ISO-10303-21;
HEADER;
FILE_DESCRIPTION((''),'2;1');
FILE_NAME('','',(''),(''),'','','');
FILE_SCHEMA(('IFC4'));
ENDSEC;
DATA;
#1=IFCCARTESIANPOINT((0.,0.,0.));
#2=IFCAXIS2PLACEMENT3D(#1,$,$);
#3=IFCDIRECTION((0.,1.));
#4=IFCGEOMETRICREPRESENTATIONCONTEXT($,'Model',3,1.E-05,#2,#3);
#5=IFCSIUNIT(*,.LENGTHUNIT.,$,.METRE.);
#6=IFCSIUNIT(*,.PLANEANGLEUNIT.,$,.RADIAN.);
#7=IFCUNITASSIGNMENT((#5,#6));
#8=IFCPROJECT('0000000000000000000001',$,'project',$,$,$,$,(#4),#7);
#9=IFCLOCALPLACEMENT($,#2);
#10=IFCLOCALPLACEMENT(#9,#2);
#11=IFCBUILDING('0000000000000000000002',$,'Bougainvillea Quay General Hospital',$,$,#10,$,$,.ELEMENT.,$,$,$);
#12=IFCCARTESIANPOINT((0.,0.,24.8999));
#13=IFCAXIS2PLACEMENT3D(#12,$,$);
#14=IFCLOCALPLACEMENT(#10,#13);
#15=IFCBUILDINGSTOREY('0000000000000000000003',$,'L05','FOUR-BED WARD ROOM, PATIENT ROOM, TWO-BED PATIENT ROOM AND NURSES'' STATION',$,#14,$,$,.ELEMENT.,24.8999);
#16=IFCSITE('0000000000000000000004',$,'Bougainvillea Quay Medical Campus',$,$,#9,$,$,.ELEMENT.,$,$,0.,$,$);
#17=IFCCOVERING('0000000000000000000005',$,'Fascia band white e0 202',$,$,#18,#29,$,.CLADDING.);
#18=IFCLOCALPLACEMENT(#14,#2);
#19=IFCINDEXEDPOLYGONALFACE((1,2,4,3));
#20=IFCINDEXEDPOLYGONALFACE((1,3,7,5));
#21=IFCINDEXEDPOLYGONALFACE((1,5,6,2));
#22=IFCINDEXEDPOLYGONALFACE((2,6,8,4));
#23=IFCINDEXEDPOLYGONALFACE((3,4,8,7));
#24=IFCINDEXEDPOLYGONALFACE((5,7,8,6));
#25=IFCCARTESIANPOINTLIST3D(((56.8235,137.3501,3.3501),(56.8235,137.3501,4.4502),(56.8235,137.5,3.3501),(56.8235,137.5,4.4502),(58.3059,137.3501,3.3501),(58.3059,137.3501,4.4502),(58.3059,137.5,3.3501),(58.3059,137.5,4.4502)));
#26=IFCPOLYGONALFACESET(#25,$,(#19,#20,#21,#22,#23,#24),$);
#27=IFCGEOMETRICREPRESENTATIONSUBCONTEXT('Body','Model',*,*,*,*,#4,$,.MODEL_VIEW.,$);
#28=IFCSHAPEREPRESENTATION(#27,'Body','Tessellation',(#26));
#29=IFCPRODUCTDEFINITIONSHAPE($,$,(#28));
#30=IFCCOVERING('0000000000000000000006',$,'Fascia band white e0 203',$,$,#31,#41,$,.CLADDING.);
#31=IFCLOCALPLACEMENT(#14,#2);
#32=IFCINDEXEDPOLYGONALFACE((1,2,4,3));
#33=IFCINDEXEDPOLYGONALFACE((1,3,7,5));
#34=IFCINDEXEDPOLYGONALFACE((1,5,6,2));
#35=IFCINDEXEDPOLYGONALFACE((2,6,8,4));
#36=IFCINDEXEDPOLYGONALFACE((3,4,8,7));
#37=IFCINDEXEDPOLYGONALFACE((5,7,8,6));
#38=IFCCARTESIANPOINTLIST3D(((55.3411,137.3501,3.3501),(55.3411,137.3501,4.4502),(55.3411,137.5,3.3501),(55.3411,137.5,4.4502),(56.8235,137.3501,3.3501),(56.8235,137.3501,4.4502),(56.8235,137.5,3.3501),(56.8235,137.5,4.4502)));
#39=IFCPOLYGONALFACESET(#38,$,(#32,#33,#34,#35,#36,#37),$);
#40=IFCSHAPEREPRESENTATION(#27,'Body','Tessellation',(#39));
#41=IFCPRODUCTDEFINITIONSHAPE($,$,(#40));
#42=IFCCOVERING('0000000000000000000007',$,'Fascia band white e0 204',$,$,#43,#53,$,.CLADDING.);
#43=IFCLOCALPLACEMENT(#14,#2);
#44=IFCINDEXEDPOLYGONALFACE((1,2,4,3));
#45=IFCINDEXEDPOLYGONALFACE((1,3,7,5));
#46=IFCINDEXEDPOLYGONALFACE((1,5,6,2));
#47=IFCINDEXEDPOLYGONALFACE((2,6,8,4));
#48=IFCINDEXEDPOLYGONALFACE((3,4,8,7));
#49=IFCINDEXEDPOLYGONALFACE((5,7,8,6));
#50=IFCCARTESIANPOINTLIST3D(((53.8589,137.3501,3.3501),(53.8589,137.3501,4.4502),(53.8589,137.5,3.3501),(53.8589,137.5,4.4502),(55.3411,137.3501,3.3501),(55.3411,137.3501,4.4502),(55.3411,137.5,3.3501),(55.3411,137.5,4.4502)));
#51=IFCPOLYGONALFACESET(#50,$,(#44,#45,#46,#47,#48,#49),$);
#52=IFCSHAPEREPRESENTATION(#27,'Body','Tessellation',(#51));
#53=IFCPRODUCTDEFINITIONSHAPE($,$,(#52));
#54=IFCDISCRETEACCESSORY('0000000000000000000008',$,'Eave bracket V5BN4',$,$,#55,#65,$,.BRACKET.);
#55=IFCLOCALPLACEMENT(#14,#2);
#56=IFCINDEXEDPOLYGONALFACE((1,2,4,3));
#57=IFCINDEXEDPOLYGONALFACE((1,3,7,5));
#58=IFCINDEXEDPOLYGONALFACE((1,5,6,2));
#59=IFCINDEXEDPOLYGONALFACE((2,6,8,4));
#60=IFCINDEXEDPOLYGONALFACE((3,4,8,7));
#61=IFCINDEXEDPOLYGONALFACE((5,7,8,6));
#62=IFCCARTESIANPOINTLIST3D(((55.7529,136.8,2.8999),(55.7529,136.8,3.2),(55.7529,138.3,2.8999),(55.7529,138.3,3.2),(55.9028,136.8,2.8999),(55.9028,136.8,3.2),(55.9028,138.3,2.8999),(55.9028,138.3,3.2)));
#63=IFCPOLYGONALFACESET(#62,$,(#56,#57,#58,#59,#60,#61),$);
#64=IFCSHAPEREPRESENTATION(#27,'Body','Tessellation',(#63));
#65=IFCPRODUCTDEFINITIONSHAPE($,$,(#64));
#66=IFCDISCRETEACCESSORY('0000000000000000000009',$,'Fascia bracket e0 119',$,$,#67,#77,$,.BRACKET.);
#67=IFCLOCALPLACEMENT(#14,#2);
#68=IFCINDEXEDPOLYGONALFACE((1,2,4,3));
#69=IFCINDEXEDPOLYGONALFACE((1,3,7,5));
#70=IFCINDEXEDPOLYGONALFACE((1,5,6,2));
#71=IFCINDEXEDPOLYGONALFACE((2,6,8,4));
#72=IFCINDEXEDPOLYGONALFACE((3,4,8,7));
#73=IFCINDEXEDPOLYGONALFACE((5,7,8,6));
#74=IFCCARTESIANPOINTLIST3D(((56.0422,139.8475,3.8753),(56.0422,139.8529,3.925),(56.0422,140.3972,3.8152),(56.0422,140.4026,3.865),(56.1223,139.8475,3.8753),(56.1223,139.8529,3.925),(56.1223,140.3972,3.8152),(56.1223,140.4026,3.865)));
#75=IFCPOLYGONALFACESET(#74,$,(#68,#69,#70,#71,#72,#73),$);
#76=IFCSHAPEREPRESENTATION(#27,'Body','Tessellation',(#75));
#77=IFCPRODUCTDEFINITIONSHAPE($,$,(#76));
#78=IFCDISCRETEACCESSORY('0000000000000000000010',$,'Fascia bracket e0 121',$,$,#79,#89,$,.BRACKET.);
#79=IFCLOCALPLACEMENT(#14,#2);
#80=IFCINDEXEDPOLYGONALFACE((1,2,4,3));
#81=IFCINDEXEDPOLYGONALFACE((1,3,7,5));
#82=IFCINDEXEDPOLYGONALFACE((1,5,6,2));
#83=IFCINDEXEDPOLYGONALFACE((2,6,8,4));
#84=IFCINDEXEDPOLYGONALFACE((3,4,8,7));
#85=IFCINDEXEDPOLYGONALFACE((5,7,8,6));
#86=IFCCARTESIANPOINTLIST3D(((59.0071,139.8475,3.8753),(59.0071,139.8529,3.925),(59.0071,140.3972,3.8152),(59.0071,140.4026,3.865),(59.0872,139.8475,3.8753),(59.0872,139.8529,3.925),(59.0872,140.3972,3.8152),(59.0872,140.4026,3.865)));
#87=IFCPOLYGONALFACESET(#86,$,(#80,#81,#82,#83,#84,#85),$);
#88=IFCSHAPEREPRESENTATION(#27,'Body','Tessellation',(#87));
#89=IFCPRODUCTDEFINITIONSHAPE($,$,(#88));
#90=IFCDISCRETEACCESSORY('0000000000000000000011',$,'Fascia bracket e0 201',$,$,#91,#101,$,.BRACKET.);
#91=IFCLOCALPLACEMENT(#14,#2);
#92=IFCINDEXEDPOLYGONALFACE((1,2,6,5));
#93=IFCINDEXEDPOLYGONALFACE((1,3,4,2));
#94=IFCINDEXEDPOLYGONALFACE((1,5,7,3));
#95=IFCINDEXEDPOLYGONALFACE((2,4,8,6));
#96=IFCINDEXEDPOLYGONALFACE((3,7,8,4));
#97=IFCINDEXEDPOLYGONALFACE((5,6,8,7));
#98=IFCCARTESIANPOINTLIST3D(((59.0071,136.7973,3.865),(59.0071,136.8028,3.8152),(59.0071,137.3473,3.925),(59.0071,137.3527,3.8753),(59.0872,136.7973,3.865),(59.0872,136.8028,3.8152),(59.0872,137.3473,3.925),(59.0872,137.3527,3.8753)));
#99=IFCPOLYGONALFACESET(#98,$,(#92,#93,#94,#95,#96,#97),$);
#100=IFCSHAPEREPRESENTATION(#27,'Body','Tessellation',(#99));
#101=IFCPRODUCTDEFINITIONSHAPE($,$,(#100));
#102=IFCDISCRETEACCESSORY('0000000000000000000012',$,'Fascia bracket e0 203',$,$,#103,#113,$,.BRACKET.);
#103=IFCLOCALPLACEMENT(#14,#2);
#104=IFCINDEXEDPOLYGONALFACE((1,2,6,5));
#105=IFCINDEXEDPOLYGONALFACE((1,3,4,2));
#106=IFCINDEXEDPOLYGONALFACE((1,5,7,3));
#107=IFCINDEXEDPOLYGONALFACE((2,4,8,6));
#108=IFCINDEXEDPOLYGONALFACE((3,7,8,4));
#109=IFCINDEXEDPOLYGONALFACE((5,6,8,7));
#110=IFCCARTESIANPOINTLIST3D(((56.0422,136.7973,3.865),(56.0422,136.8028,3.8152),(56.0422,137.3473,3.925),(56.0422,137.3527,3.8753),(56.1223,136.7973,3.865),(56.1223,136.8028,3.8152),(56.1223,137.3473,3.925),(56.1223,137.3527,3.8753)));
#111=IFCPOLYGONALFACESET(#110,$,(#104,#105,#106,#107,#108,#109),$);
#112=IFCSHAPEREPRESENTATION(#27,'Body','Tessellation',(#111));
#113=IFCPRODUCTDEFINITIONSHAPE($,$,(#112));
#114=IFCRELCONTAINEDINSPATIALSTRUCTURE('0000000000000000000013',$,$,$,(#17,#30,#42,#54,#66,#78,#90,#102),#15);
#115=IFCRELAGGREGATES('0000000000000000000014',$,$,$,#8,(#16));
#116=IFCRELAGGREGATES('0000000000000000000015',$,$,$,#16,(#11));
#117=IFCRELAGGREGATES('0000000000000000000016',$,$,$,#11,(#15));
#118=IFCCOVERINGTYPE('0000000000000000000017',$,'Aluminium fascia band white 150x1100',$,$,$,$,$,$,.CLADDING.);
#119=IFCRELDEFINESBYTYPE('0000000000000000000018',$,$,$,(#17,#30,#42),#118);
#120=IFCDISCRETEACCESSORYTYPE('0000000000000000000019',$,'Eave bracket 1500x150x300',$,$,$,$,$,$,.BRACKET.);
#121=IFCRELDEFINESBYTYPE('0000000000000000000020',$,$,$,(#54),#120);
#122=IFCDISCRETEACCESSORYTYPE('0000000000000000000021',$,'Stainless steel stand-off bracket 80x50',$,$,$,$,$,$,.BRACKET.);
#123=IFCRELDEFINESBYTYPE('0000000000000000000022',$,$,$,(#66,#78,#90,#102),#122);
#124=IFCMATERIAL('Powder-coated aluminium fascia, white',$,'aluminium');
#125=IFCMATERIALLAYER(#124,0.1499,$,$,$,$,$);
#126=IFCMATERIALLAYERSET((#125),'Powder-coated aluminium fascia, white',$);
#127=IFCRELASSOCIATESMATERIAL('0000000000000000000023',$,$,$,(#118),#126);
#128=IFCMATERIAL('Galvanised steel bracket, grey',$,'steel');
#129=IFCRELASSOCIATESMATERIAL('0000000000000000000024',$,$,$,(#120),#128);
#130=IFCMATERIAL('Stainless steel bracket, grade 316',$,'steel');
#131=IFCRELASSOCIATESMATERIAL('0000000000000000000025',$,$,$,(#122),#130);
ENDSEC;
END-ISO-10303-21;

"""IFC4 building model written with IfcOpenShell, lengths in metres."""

from ifc_helpers import new_model, si_unit, direction, frame, origin, origin_2d, place, context, subcontext, project, spatial, polyline, rectangle, outline, extrude, material, layer, layer_set, material_profile, profile_set, type_object, element, save


model = new_model("IFC4")

# Units and contexts
model_context = context("Model", 3, precision=1e-05, world=origin(), true_north=direction((0.0, 1.0)))
body_context = subcontext(model_context, "Body", "Model", "MODEL_VIEW")
ifc_project = project(units=[si_unit("LENGTHUNIT", "METRE"), si_unit("PLANEANGLEUNIT", "RADIAN")], contexts=[model_context])

# Site, building, storey
site_placement = place(None, origin())
site = spatial("IfcSite", under=ifc_project, at=site_placement, Name="Bougainvillea Quay Medical Campus", CompositionType="ELEMENT", RefElevation=0.0)
building_placement = place(site_placement, origin())
building = spatial("IfcBuilding", under=site, at=building_placement, Name="Bougainvillea Quay General Hospital", CompositionType="ELEMENT")
storey_placement = place(building_placement, frame((0.0, 0.0, 24.8999)))
storey = spatial("IfcBuildingStorey", under=building, at=storey_placement, Name="L05", Description="FOUR-BED WARD ROOM, PATIENT ROOM, TWO-BED PATIENT ROOM AND NURSES' STATION", CompositionType="ELEMENT", Elevation=24.8999)

# Coverings
ifc_material_1 = material(Name="Powder-coated aluminium fascia, white", Category="aluminium")
ifc_layer_1 = layer(ifc_material_1, 0.1499)
ifc_layer_set_1 = layer_set([ifc_layer_1], Name="Powder-coated aluminium fascia, white")
covering_type = type_object("IfcCoveringType", Name="Aluminium fascia band white 150x1100", PredefinedType="CLADDING", material=ifc_layer_set_1)
for number, where, z_axis, x_axis, name in (
    (1, (58.3059, 137.3501, 3.3501), (0.0, 0.0, 1.0), (-1.0, 0.0, 0.0), "Fascia band white e0 202"),
    (2, (56.8235, 137.3501, 3.3501), (0.0, 0.0, 1.0), (-1.0, 0.0, 0.0), "Fascia band white e0 203"),
):
    element("IfcCovering", number, at=place(storey_placement, frame(where, z_axis=z_axis, x_axis=x_axis)), inside=storey, type_object=covering_type, Name=name, PredefinedType="CLADDING", context=body_context, shape_type="SweptSolid", body=[
        extrude(outline(polyline([(0.0, 0.0), (1.4824, 0.0), (1.4824, -0.1499), (0.0, -0.1499), (0.0, 0.0)])), origin(), (0.0, 0.0, 1.0), 1.1001),
    ])
covering_placement = place(storey_placement, frame((55.3411, 137.3501, 3.3501), z_axis=(0.0, 0.0, 1.0), x_axis=(-1.0, 0.0, 0.0)))
element("IfcCovering", 3, at=covering_placement, inside=storey, type_object=covering_type, Name="Fascia band white e0 204", PredefinedType="CLADDING", context=body_context, shape_type="SweptSolid", body=[
    extrude(outline(polyline([(0.0, 0.0), (1.4822, 0.0), (1.4822, -0.1499), (0.0, -0.1499), (0.0, 0.0)])), origin(), (0.0, 0.0, 1.0), 1.1001),
])

# Discrete accessories
ifc_material_2 = material(Name="Galvanised steel bracket, grey", Category="steel")
discrete_accessory_type_1 = type_object("IfcDiscreteAccessoryType", Name="Eave bracket 1500x150x300", PredefinedType="BRACKET", material=ifc_material_2)
discrete_accessory_placement = place(storey_placement, frame((55.8279, 137.55, 2.8999), z_axis=(0.0, 0.0, 1.0), x_axis=(1.0, 0.0, 0.0)))
element("IfcDiscreteAccessory", 4, at=discrete_accessory_placement, inside=storey, type_object=discrete_accessory_type_1, Name="Eave bracket V5BN4", PredefinedType="BRACKET", context=body_context, shape_type="SweptSolid", body=[
    extrude(rectangle(XDim=0.1499, YDim=1.5, at=origin_2d()), origin(), (0.0, 0.0, 1.0), 0.3),
])
ifc_material_3 = material(Name="Stainless steel bracket, grade 316", Category="steel")
ifc_material_profile_1 = material_profile(ifc_material_3, rectangle(XDim=0.0801, YDim=0.05, at=origin_2d()))
ifc_profile_set_1 = profile_set([ifc_material_profile_1], Name="Stainless steel bracket, grade 316")
discrete_accessory_type_2 = type_object("IfcDiscreteAccessoryType", Name="Stainless steel stand-off bracket 80x50", PredefinedType="BRACKET", material=ifc_profile_set_1)
for number, where, z_axis, x_axis, name in (
    (5, (56.0823, 140.3999, 3.8401), (0.0, -0.994087, 0.10859), (1.0, 0.0, 0.0), "Fascia bracket e0 119"),
    (6, (59.0471, 140.3999, 3.8401), (0.0, -0.994087, 0.10859), (1.0, 0.0, 0.0), "Fascia bracket e0 121"),
):
    element("IfcDiscreteAccessory", number, at=place(storey_placement, frame(where, z_axis=z_axis, x_axis=x_axis)), inside=storey, type_object=discrete_accessory_type_2, Name=name, PredefinedType="BRACKET", context=body_context, shape_type="SweptSolid", body=[
        extrude(rectangle(XDim=0.0801, YDim=0.05, at=origin_2d()), origin(), (0.0, 0.0, 1.0), 0.553),
    ])
for number, where, z_axis, x_axis, name in (
    (7, (59.0471, 136.8, 3.8401), (0.0, 0.994092, 0.108543), (-1.0, 0.0, 0.0), "Fascia bracket e0 201"),
    (8, (56.0823, 136.8, 3.8401), (0.0, 0.994092, 0.108543), (-1.0, 0.0, 0.0), "Fascia bracket e0 203"),
):
    element("IfcDiscreteAccessory", number, at=place(storey_placement, frame(where, z_axis=z_axis, x_axis=x_axis)), inside=storey, type_object=discrete_accessory_type_2, Name=name, PredefinedType="BRACKET", context=body_context, shape_type="SweptSolid", body=[
        extrude(rectangle(XDim=0.0801, YDim=0.05, at=origin_2d()), origin(), (0.0, 0.0, 1.0), 0.5532),
    ])

save(model, "model.ifc")
